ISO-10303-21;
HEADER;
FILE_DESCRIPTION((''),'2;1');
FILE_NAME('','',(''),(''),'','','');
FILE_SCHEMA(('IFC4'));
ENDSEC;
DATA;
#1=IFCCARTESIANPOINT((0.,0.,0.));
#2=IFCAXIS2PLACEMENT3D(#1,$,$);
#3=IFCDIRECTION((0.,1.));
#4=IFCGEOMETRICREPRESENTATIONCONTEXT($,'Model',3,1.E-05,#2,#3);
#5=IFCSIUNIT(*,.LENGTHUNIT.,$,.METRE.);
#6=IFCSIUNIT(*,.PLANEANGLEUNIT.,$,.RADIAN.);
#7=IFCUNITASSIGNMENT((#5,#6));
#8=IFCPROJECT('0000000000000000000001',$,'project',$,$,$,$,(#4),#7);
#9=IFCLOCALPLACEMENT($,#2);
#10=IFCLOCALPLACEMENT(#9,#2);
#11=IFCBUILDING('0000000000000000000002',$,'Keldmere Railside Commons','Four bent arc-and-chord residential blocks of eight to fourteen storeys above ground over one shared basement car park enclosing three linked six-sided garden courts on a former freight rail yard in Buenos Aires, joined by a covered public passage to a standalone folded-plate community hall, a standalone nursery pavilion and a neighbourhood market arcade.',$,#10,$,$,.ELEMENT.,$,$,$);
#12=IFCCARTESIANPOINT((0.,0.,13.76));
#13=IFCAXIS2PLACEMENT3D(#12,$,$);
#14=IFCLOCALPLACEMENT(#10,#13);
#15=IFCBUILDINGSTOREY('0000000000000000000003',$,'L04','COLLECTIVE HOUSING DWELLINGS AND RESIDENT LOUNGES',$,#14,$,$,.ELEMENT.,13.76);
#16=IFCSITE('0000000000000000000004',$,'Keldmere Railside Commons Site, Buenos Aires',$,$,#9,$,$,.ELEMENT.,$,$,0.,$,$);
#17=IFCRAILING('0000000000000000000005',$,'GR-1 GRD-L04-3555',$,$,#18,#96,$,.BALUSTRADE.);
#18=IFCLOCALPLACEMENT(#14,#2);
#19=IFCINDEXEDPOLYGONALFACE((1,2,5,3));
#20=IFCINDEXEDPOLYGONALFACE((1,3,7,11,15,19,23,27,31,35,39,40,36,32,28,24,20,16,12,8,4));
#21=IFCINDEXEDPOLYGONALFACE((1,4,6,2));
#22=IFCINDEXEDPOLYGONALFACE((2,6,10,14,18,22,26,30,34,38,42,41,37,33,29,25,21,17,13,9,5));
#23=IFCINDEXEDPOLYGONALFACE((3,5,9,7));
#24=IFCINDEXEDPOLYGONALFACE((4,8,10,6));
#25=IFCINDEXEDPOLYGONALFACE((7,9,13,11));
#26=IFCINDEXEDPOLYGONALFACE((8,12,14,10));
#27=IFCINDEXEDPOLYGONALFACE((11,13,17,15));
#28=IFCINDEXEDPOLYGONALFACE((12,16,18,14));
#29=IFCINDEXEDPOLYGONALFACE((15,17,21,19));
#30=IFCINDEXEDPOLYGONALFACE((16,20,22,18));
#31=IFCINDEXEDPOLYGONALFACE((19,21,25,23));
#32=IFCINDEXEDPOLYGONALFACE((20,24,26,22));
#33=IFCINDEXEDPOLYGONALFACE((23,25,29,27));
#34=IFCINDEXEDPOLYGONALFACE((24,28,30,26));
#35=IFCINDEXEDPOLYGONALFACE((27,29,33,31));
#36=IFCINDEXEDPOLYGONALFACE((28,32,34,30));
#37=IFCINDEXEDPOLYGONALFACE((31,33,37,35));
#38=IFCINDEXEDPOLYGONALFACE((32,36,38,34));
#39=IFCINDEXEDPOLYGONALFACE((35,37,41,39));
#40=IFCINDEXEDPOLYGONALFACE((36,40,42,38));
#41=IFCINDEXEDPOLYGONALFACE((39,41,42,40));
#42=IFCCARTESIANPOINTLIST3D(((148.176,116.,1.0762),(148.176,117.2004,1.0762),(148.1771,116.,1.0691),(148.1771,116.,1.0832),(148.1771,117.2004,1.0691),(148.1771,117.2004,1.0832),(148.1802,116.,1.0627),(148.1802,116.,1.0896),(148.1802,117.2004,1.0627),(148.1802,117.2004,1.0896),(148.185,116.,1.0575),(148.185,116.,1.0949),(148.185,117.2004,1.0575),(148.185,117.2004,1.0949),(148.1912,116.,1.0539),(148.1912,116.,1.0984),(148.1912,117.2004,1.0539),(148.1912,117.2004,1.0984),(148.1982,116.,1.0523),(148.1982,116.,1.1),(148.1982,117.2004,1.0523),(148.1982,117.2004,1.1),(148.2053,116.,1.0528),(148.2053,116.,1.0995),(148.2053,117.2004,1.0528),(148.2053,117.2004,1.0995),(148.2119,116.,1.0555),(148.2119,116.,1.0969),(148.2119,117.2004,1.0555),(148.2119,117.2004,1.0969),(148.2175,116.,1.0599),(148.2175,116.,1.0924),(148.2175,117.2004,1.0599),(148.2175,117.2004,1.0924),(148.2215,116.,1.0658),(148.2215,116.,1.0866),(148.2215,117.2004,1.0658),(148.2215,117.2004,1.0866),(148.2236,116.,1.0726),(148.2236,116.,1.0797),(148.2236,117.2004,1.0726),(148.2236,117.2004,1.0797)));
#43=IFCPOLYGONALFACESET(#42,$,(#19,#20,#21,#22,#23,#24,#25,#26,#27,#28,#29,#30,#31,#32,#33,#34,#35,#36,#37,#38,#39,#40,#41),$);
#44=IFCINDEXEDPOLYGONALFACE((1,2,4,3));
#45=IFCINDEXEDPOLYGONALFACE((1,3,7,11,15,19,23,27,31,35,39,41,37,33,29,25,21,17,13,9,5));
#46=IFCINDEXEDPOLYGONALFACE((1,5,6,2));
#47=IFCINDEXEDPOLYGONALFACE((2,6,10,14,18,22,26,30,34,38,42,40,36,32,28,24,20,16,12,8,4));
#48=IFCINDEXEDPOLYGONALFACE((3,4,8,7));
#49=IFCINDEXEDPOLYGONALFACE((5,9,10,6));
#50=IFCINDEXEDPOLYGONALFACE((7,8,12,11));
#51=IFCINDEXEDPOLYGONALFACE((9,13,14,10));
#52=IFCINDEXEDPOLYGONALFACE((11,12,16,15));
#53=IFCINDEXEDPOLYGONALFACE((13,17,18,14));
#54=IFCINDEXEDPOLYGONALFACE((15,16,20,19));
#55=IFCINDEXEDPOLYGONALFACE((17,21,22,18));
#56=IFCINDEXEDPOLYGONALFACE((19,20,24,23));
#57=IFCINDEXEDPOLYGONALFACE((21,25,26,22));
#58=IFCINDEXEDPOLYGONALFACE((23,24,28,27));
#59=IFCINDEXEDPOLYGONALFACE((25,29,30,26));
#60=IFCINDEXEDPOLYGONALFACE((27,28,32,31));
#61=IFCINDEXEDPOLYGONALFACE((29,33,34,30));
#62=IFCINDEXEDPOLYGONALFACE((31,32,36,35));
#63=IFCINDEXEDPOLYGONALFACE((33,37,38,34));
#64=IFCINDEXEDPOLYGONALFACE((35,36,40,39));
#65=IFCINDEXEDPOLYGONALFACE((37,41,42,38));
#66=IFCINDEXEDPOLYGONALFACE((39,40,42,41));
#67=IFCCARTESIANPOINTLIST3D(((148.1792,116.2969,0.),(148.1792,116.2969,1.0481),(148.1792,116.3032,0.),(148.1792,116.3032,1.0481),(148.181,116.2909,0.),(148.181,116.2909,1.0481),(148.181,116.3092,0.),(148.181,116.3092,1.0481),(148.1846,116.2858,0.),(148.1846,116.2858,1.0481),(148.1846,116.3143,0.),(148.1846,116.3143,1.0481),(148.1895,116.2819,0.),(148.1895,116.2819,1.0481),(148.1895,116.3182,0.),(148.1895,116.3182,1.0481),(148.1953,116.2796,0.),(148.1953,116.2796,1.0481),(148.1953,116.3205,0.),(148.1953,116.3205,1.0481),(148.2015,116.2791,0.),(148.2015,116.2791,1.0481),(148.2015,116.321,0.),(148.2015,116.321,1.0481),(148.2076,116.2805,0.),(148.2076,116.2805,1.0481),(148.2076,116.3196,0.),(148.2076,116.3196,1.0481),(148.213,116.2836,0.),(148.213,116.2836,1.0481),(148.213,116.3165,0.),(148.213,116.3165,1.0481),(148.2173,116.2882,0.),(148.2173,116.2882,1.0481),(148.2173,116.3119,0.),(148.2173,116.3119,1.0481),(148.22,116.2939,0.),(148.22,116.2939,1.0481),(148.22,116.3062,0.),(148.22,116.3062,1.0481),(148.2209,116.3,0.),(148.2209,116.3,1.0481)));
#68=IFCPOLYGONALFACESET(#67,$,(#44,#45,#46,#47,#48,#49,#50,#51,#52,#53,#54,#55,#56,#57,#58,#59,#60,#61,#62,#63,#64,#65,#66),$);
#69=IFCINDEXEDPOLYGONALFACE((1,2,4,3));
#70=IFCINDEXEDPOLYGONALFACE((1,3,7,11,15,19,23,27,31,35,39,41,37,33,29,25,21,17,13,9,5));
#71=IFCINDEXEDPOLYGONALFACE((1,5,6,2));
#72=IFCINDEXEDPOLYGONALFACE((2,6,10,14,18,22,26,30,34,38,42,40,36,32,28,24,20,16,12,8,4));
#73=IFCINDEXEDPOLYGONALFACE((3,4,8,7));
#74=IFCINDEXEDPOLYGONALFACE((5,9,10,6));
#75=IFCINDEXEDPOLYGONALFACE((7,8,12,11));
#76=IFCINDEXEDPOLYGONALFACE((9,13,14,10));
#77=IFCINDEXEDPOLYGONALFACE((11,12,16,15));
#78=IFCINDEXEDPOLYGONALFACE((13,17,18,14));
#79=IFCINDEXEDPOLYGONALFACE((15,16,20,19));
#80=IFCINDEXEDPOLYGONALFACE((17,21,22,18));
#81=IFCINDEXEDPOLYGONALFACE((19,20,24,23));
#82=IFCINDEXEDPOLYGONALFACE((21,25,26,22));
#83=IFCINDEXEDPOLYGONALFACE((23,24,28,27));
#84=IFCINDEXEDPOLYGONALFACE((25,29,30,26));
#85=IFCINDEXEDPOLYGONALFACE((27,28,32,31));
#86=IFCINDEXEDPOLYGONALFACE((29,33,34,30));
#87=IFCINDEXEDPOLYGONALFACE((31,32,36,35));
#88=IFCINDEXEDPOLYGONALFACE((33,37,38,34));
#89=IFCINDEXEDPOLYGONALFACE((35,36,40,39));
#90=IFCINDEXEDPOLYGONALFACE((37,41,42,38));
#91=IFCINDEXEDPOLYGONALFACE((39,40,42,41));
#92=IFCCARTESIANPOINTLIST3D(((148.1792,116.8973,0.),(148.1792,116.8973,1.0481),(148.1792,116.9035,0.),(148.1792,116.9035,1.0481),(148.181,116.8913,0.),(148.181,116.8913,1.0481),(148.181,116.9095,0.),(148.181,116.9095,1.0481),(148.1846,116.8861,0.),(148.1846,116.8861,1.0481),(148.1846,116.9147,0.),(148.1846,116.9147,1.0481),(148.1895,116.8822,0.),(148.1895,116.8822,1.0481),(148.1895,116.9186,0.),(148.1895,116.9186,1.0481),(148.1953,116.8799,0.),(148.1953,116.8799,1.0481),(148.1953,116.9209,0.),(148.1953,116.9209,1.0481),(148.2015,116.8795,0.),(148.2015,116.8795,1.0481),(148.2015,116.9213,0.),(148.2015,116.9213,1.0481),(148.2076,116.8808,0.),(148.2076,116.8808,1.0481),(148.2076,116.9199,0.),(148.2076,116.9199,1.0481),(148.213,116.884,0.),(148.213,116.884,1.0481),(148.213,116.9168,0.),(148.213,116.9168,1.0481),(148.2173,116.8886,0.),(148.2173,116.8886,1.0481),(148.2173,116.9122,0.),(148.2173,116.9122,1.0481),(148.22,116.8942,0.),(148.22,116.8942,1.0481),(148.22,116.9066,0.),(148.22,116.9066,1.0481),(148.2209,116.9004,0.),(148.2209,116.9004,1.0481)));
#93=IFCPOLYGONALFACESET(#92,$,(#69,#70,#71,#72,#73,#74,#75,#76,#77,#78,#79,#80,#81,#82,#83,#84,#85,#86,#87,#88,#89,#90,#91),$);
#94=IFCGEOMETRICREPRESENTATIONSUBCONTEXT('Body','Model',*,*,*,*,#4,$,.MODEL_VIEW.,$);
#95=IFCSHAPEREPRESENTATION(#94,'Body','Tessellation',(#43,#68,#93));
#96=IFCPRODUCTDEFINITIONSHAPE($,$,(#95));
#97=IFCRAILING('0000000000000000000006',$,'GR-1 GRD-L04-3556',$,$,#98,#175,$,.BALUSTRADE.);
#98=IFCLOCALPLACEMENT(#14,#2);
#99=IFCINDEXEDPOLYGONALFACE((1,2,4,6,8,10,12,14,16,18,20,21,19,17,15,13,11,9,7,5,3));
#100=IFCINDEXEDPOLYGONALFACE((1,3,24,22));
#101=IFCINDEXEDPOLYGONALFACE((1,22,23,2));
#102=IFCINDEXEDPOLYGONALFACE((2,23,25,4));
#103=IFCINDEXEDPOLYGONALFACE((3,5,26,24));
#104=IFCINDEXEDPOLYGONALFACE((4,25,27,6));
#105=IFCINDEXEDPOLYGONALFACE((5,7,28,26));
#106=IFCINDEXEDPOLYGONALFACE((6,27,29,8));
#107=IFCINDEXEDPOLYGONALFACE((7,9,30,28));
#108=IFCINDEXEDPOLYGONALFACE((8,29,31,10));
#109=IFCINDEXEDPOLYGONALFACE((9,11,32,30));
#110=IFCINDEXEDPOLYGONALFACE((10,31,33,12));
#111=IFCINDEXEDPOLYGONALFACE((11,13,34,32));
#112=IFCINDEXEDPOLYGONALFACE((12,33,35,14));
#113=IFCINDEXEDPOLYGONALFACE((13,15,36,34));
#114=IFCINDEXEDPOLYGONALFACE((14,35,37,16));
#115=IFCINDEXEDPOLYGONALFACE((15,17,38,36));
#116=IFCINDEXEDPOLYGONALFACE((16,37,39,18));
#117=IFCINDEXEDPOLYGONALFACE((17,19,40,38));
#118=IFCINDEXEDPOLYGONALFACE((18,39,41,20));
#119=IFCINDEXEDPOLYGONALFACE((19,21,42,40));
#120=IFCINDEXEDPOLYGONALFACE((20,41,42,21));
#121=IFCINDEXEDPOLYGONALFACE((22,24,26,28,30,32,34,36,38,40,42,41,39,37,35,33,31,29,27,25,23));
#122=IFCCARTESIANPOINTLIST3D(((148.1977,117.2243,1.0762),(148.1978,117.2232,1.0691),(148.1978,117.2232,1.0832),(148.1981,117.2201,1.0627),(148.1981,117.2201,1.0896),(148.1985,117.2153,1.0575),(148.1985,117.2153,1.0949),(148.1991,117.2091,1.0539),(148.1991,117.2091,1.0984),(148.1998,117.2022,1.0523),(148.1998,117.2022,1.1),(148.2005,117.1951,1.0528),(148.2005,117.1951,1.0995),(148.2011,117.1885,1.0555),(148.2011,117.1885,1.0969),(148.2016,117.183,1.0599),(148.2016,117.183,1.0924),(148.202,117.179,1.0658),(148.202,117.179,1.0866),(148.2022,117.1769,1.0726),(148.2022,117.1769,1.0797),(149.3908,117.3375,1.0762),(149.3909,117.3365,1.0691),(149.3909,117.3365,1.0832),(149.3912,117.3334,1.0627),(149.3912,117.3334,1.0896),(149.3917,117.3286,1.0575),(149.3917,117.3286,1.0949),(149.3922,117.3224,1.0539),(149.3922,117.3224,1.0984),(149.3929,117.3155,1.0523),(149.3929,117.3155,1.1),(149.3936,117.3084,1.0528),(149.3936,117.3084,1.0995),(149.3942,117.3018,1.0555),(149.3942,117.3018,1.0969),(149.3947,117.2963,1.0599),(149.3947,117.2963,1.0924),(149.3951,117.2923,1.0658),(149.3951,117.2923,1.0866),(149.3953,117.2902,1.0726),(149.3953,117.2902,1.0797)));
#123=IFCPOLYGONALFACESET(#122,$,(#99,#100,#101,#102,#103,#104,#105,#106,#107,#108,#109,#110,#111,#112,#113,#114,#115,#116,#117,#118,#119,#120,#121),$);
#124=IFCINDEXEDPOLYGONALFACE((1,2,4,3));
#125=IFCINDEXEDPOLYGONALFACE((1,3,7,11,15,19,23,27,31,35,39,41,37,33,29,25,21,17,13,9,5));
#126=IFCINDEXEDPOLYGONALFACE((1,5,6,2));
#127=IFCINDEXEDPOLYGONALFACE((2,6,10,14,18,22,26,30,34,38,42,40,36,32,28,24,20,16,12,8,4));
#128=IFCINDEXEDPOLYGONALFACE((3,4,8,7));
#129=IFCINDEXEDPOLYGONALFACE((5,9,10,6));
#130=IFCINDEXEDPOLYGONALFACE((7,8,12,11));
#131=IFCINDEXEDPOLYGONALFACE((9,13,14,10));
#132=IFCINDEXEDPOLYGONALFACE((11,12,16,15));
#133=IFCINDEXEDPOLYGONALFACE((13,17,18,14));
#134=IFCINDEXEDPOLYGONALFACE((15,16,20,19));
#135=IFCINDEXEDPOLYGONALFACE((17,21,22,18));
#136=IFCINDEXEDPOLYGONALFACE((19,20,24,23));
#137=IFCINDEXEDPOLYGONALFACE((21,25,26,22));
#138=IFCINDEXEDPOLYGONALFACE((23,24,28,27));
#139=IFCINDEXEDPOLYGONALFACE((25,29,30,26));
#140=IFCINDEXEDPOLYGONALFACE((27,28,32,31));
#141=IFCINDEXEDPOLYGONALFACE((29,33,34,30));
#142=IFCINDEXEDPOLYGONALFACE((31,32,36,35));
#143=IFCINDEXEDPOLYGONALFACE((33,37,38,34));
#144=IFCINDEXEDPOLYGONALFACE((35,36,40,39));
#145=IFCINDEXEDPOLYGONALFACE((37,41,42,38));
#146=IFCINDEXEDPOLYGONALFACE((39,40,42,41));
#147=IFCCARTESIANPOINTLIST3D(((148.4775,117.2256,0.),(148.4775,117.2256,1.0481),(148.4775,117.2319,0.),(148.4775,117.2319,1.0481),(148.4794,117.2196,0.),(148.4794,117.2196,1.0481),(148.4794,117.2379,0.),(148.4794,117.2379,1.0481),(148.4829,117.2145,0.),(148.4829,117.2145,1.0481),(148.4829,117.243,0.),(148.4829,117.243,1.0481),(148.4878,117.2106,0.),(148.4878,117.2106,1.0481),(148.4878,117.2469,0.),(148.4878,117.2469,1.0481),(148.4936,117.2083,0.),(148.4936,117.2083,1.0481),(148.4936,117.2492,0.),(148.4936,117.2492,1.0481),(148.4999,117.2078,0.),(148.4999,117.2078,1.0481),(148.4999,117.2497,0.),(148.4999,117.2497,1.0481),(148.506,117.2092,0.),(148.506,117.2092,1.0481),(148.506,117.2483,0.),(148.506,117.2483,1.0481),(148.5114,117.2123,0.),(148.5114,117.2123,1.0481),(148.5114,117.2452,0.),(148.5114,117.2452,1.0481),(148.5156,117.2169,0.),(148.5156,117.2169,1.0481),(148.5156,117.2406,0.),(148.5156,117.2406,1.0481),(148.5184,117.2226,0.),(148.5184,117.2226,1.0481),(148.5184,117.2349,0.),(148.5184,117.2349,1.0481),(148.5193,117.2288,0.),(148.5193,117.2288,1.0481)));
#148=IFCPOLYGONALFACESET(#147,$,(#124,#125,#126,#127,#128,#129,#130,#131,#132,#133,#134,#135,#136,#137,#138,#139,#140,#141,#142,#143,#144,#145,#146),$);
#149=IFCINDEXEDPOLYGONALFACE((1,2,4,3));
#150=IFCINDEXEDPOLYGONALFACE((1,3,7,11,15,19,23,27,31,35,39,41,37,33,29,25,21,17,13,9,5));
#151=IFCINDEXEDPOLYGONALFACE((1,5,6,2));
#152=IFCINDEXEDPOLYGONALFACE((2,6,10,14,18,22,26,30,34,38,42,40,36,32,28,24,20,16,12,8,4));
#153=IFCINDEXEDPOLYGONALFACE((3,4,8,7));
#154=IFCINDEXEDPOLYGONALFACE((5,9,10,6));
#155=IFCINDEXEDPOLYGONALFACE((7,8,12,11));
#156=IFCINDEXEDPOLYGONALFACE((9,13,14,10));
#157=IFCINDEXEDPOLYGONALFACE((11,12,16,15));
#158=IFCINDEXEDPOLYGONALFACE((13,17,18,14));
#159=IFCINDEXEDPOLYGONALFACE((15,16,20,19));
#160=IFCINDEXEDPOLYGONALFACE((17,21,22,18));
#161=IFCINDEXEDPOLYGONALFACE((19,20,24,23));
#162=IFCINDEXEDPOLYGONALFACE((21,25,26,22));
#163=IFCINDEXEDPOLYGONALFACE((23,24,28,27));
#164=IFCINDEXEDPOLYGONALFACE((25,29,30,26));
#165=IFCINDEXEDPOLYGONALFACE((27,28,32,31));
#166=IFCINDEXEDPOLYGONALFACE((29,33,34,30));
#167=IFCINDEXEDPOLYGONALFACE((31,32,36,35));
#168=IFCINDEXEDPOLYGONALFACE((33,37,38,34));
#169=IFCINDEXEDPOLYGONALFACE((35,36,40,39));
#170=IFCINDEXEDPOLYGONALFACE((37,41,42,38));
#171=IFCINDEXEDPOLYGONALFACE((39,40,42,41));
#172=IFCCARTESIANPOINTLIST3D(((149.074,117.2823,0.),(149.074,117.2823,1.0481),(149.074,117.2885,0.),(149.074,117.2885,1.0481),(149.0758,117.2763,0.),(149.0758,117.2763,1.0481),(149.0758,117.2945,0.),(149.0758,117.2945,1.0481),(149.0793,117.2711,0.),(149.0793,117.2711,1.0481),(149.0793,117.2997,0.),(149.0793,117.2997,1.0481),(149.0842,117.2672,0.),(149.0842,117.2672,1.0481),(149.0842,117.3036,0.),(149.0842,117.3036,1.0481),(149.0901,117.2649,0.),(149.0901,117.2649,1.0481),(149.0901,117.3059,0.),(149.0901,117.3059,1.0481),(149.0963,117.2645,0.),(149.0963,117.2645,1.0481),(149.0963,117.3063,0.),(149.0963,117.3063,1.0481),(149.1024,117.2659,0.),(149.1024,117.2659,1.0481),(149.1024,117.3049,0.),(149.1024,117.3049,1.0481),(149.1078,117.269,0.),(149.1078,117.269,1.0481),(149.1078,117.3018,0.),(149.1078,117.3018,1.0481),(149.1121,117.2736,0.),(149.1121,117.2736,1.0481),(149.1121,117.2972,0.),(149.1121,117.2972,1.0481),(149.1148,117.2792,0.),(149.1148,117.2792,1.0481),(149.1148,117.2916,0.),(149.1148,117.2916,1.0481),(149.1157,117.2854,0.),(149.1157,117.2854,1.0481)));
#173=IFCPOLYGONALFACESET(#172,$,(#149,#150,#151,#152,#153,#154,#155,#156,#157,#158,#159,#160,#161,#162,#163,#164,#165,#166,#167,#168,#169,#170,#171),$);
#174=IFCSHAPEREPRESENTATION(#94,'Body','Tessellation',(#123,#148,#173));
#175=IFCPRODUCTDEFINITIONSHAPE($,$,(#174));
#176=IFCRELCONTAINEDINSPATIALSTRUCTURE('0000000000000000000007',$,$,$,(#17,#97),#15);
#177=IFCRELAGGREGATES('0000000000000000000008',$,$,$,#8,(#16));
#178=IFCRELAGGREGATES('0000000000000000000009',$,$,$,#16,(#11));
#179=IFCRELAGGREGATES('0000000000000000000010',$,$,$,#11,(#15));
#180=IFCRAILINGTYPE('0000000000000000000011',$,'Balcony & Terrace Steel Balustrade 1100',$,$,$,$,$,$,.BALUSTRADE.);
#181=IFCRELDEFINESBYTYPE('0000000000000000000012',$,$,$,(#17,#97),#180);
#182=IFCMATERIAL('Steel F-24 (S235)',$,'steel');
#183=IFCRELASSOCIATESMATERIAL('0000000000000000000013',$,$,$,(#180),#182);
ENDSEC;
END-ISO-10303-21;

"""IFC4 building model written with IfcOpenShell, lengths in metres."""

from ifc_helpers import new_model, si_unit, direction, frame, origin, origin_2d, place, context, subcontext, project, spatial, circle, extrude, material, type_object, element, save


model = new_model("IFC4")

# Units and contexts
model_context = context("Model", 3, precision=1e-05, world=origin(), true_north=direction((0.0, 1.0)))
body_context = subcontext(model_context, "Body", "Model", "MODEL_VIEW")
ifc_project = project(units=[si_unit("LENGTHUNIT", "METRE"), si_unit("PLANEANGLEUNIT", "RADIAN")], contexts=[model_context])

# Site, building, storey
site_placement = place(None, origin())
site = spatial("IfcSite", under=ifc_project, at=site_placement, Name="Keldmere Railside Commons Site, Buenos Aires", CompositionType="ELEMENT", RefElevation=0.0)
building_placement = place(site_placement, origin())
building = spatial("IfcBuilding", under=site, at=building_placement, Name="Keldmere Railside Commons", Description="Four bent arc-and-chord residential blocks of eight to fourteen storeys above ground over one shared basement car park enclosing three linked six-sided garden courts on a former freight rail yard in Buenos Aires, joined by a covered public passage to a standalone folded-plate community hall, a standalone nursery pavilion and a neighbourhood market arcade.", CompositionType="ELEMENT")
storey_placement = place(building_placement, frame((0.0, 0.0, 13.76)))
storey = spatial("IfcBuildingStorey", under=building, at=storey_placement, Name="L04", Description="COLLECTIVE HOUSING DWELLINGS AND RESIDENT LOUNGES", CompositionType="ELEMENT", Elevation=13.76)

# Railings
ifc_material_1 = material(Name="Steel F-24 (S235)", Category="steel")
railing_type = type_object("IfcRailingType", Name="Balcony & Terrace Steel Balustrade 1100", PredefinedType="BALUSTRADE", material=ifc_material_1)
railing_1_placement = place(storey_placement, frame((148.2, 116.0, 0.0)))
element("IfcRailing", 1, at=railing_1_placement, inside=storey, type_object=railing_type, Name="GR-1 GRD-L04-3555", PredefinedType="BALUSTRADE", context=body_context, shape_type="SweptSolid", body=[
    extrude(circle(Radius=0.0239, at=origin_2d()), frame((0.0, 0.0, 1.0762), z_axis=(0.0, 1.0, 0.0), x_axis=(-1.0, 0.0, 0.0)), (0.0, 0.0, 1.0), 1.2004),
    extrude(circle(Radius=0.021, at=origin_2d()), frame((0.0, 0.3, 0.0)), (0.0, 0.0, 1.0), 1.0481),
    extrude(circle(Radius=0.021, at=origin_2d()), frame((0.0, 0.9004, 0.0)), (0.0, 0.0, 1.0), 1.0481),
])
railing_2_placement = place(storey_placement, frame((148.2, 117.2004, 0.0)))
element("IfcRailing", 2, at=railing_2_placement, inside=storey, type_object=railing_type, Name="GR-1 GRD-L04-3556", PredefinedType="BALUSTRADE", context=body_context, shape_type="SweptSolid", body=[
    extrude(circle(Radius=0.0239, at=origin_2d()), frame((0.0, 0.0, 1.0762), z_axis=(0.995523, 0.094521, 0.0), x_axis=(-0.094521, 0.995523, 0.0)), (0.0, 0.0, 1.0), 1.1985),
    extrude(circle(Radius=0.021, at=origin_2d()), frame((0.2983, 0.0283, 0.0)), (0.0, 0.0, 1.0), 1.0481),
    extrude(circle(Radius=0.021, at=origin_2d()), frame((0.8948, 0.085, 0.0)), (0.0, 0.0, 1.0), 1.0481),
])

save(model, "model.ifc")
